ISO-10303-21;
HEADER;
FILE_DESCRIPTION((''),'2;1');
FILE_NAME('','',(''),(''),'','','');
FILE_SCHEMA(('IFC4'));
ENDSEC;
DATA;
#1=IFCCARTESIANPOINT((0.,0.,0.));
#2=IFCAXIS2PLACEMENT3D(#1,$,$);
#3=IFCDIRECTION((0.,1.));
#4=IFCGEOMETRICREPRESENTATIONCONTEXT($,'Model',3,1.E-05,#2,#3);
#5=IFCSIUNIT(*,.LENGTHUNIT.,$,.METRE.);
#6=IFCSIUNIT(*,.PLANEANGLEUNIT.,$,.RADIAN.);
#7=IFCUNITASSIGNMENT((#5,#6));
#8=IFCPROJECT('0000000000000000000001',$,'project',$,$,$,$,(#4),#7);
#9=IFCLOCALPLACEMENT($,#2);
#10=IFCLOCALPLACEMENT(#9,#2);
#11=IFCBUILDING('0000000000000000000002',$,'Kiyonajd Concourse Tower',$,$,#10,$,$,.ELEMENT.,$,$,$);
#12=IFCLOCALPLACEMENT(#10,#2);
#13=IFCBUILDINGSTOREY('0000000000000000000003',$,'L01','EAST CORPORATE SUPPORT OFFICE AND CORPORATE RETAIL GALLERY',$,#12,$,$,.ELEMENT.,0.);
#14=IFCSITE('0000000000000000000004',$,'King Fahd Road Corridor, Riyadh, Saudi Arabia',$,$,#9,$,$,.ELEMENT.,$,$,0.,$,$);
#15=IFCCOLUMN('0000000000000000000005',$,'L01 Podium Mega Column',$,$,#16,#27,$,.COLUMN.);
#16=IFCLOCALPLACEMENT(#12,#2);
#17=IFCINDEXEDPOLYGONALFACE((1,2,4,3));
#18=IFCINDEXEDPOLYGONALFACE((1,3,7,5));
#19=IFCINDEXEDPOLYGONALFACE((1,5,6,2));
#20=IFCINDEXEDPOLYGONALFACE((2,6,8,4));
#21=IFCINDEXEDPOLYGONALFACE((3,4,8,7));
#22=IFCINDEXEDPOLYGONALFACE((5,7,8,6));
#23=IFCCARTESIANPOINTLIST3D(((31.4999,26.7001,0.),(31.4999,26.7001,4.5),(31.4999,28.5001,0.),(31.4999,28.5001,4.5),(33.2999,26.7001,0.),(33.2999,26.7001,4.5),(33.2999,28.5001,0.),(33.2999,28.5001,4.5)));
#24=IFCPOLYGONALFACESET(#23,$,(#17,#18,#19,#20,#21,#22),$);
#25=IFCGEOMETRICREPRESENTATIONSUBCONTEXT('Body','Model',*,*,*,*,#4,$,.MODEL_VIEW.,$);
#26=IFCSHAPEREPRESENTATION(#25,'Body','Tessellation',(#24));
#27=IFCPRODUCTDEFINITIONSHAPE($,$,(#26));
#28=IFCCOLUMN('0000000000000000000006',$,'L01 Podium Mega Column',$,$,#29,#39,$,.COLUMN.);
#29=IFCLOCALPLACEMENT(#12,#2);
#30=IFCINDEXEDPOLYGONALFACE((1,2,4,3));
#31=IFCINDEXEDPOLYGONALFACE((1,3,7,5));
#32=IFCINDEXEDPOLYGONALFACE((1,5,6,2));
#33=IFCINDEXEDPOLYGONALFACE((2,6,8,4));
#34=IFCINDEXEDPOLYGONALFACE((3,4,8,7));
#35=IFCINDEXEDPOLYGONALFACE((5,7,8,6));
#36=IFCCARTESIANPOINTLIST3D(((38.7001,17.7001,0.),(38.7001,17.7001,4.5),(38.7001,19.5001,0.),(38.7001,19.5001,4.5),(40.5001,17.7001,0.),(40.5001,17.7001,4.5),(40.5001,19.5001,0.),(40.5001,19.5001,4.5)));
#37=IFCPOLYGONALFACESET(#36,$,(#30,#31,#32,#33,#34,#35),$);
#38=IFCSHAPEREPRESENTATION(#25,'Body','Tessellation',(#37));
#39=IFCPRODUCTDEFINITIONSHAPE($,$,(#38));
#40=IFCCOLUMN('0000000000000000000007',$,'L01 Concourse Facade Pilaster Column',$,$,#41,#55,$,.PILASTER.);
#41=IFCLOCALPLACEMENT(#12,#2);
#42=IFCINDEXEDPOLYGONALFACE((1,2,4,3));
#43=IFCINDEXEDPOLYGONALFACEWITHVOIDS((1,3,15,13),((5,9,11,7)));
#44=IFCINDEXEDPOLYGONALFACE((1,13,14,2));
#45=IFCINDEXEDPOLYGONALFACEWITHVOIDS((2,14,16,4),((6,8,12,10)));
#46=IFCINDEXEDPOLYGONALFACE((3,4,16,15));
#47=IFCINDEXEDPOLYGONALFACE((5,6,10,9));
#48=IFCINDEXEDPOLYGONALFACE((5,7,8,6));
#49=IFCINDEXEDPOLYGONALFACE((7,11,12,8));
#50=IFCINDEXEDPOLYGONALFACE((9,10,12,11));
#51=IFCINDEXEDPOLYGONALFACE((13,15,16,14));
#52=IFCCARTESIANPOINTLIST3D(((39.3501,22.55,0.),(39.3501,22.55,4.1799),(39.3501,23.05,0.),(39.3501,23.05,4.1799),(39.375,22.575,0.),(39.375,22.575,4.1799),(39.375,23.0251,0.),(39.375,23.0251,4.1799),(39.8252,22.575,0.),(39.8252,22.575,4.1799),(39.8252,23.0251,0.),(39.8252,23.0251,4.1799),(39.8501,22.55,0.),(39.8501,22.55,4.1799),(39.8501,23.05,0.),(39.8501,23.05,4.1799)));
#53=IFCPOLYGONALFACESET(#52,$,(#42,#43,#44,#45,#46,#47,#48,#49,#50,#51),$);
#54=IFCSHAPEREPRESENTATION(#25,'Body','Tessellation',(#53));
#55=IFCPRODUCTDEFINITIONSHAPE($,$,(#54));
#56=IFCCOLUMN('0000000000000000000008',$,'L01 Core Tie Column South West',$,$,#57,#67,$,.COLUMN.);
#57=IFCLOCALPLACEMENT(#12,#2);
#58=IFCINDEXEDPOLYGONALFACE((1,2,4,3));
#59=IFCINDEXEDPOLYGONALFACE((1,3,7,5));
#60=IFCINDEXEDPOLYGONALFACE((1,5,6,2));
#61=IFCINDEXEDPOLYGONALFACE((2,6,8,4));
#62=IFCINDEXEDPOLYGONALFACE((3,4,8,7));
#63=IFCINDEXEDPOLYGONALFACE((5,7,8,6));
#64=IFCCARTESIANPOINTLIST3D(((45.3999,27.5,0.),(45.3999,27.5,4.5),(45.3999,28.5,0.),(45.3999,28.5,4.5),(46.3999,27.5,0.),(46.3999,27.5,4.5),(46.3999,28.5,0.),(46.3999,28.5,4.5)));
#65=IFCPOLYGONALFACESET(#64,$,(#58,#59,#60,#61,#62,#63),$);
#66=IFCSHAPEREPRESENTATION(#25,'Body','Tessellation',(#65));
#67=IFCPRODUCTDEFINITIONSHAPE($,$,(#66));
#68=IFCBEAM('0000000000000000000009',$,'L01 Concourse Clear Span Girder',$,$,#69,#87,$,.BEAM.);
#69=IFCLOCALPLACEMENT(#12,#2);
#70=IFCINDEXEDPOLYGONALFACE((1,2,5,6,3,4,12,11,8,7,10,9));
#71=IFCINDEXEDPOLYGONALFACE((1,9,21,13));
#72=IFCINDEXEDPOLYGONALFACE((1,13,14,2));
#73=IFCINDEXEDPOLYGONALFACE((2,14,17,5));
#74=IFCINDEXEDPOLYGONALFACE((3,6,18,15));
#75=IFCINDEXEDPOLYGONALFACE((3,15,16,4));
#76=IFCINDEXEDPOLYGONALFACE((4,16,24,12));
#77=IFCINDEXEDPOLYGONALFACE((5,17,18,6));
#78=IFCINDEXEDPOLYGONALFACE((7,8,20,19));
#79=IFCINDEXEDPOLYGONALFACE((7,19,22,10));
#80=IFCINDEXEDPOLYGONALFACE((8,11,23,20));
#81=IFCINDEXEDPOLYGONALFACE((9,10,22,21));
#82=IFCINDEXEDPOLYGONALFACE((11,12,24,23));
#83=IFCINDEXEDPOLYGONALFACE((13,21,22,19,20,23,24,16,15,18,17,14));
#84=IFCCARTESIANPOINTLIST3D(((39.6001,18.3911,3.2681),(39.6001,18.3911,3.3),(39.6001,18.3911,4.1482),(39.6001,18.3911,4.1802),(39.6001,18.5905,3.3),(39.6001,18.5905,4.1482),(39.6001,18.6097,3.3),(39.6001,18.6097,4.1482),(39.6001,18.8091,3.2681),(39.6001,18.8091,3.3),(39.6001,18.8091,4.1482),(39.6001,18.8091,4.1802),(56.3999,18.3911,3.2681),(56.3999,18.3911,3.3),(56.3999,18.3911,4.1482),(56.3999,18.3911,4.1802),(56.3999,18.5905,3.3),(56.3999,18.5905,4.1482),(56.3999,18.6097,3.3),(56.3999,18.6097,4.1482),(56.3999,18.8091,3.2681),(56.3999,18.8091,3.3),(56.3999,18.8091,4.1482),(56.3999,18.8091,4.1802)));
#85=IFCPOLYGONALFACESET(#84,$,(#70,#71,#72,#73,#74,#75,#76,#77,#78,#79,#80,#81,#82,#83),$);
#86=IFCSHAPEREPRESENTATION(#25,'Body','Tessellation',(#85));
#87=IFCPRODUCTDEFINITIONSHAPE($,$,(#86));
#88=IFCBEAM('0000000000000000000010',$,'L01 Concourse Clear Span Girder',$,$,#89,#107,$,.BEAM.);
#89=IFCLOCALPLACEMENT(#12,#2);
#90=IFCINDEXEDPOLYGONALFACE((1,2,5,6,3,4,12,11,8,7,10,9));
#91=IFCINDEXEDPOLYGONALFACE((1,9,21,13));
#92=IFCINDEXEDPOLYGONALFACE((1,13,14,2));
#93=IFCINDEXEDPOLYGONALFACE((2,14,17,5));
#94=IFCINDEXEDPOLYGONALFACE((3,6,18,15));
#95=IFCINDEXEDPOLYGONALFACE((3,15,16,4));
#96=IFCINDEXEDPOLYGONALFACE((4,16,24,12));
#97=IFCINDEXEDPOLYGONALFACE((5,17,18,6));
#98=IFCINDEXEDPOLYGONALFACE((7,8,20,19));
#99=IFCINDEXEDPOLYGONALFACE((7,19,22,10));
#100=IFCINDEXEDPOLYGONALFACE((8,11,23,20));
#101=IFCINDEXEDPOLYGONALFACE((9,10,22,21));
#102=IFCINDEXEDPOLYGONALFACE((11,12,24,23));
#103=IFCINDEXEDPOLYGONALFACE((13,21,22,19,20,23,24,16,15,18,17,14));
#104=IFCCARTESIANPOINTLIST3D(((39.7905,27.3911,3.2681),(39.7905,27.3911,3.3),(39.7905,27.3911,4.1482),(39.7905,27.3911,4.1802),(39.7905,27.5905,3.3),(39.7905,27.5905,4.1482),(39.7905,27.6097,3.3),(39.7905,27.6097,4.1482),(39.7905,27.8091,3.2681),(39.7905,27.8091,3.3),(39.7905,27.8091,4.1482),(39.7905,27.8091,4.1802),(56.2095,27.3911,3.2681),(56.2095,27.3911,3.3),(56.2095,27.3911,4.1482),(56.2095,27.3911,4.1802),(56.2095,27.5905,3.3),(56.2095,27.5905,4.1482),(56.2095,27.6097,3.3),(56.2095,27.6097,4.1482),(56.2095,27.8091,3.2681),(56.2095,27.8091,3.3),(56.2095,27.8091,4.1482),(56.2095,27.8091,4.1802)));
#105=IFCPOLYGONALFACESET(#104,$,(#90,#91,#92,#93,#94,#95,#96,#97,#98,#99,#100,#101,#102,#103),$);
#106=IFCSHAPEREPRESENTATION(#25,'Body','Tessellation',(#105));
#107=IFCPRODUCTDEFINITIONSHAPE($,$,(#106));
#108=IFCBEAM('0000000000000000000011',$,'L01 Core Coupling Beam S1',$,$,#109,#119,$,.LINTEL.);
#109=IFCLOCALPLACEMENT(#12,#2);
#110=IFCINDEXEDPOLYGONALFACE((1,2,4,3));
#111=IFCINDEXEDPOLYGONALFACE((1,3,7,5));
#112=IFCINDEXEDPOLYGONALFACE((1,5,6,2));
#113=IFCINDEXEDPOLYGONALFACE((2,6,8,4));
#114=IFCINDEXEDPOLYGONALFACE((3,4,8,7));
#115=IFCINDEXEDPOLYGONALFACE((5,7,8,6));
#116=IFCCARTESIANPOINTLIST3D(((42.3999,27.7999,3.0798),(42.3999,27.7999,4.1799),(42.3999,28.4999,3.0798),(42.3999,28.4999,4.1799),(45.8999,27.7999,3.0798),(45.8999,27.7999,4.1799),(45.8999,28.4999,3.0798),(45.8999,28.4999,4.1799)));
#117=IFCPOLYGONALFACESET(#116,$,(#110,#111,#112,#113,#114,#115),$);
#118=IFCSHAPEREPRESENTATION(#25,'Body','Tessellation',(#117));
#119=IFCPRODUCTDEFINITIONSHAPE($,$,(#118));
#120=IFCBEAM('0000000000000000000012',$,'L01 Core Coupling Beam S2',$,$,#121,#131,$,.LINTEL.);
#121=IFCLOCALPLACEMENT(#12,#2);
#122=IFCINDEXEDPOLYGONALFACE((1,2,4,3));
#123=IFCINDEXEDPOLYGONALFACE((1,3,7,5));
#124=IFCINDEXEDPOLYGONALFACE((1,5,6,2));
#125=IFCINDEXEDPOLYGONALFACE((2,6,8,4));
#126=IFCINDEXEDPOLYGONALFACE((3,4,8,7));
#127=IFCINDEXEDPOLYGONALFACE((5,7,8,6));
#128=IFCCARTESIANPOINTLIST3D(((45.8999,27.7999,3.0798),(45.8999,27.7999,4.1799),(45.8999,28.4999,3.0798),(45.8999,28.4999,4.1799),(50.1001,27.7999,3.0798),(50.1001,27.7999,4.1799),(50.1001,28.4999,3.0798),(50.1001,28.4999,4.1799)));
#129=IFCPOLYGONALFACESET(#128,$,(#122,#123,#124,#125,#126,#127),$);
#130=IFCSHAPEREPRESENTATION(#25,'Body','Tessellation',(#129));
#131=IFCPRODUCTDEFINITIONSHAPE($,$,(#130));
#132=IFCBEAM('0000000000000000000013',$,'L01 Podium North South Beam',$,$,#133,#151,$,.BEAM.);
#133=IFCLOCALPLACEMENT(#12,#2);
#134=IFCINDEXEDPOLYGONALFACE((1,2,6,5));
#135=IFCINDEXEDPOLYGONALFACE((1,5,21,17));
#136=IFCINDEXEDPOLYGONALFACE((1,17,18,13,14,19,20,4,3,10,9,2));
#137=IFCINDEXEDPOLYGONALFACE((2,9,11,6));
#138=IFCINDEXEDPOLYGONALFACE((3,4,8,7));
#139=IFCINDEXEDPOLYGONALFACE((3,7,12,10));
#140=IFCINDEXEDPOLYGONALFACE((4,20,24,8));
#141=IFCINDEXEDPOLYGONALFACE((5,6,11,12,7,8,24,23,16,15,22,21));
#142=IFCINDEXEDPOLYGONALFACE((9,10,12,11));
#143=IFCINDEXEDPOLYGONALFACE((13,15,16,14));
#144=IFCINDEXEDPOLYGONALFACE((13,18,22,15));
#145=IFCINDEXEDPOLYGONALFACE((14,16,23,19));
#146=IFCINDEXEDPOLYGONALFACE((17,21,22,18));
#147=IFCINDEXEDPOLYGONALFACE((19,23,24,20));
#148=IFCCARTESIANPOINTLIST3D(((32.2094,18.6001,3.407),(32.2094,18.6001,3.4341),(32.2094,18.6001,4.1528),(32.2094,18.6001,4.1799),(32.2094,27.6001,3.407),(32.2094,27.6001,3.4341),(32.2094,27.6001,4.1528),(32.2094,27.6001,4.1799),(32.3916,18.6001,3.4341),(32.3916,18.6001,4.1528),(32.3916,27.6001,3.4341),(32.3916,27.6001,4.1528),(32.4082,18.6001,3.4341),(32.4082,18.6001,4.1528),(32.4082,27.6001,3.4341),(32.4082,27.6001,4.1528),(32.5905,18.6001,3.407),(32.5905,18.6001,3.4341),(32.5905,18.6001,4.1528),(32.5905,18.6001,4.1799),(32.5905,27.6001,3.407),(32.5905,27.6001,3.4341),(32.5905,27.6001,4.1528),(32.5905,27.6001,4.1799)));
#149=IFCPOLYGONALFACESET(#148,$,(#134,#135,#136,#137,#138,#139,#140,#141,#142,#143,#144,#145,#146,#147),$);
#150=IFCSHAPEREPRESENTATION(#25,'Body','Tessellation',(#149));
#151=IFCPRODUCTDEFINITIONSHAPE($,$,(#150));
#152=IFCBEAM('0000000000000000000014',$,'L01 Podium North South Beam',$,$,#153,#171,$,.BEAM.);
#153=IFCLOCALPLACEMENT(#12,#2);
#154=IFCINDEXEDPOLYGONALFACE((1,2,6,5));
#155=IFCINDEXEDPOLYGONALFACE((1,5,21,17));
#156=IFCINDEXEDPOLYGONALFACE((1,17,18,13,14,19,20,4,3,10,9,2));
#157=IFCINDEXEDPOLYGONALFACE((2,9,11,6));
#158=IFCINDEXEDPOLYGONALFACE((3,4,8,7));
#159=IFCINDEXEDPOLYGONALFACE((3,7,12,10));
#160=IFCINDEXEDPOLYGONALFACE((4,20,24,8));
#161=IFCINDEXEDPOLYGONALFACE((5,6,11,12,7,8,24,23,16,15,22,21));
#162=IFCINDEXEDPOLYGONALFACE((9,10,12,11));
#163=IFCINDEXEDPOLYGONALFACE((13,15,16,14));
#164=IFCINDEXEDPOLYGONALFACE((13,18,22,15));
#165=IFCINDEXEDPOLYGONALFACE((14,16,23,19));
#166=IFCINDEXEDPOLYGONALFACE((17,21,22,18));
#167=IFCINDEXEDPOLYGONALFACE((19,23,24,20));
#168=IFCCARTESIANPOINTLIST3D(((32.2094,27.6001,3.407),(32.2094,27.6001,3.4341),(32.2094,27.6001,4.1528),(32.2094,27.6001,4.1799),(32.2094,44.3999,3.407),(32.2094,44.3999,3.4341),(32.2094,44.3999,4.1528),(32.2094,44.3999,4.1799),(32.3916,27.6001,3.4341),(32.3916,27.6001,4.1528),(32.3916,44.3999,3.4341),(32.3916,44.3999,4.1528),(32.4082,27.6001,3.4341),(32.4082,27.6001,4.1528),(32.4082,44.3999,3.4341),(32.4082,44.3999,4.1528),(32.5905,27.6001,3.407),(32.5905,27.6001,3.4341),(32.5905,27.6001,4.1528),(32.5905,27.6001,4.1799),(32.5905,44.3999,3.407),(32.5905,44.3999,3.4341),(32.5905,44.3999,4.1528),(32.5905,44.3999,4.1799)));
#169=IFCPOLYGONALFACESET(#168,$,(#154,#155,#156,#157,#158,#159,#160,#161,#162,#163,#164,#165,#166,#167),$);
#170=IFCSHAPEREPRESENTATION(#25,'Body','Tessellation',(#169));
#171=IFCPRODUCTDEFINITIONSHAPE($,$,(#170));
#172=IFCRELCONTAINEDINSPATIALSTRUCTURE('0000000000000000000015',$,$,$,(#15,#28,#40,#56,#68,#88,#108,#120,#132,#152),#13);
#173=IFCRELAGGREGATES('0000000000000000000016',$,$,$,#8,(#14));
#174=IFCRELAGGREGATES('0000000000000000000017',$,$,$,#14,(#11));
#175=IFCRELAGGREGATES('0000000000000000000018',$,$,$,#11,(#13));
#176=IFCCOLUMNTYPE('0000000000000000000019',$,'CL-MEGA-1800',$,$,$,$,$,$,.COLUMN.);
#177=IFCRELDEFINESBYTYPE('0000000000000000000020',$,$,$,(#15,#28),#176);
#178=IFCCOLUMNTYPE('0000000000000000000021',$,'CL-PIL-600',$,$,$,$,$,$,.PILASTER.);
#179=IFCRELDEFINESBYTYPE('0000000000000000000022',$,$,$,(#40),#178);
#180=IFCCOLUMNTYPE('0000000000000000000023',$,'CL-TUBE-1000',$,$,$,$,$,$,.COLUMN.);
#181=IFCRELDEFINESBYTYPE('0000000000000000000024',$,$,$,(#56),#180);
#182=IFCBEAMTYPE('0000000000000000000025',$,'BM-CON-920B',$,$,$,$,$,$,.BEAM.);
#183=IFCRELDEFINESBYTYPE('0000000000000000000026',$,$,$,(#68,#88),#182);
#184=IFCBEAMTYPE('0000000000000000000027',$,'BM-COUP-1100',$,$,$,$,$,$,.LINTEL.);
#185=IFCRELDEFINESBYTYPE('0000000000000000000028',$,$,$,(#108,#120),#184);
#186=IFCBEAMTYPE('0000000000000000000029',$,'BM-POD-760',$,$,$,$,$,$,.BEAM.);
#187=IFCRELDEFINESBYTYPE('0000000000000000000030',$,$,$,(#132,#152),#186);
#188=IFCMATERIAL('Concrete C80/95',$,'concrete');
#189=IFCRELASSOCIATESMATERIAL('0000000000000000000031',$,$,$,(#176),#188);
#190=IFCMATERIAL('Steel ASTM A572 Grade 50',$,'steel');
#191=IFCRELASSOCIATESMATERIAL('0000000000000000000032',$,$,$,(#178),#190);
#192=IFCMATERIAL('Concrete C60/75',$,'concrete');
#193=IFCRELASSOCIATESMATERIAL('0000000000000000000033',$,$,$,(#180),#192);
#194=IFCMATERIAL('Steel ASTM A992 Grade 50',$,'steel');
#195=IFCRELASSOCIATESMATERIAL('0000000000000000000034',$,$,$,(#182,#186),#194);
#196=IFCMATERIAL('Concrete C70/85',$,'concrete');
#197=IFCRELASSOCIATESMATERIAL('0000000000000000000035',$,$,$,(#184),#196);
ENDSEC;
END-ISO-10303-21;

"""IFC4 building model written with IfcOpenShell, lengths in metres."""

from ifc_helpers import new_model, si_unit, direction, frame, origin, origin_2d, place, context, subcontext, project, spatial, rectangle, hollow_rectangle, i_section, extrude, material, material_profile, profile_set, type_object, element, save


model = new_model("IFC4")

# Units and contexts
model_context = context("Model", 3, precision=1e-05, world=origin(), true_north=direction((0.0, 1.0)))
body_context = subcontext(model_context, "Body", "Model", "MODEL_VIEW")
ifc_project = project(units=[si_unit("LENGTHUNIT", "METRE"), si_unit("PLANEANGLEUNIT", "RADIAN")], contexts=[model_context])

# Site, building, storey
site_placement = place(None, origin())
site = spatial("IfcSite", under=ifc_project, at=site_placement, Name="King Fahd Road Corridor, Riyadh, Saudi Arabia", CompositionType="ELEMENT", RefElevation=0.0)
building_placement = place(site_placement, origin())
building = spatial("IfcBuilding", under=site, at=building_placement, Name="Kiyonajd Concourse Tower", CompositionType="ELEMENT")
storey_placement = place(building_placement, origin())
storey = spatial("IfcBuildingStorey", under=building, at=storey_placement, Name="L01", Description="EAST CORPORATE SUPPORT OFFICE AND CORPORATE RETAIL GALLERY", CompositionType="ELEMENT", Elevation=0.0)

# Columns
ifc_material_1 = material(Name="Concrete C80/95", Category="concrete")
ifc_material_profile_1 = material_profile(ifc_material_1, rectangle(XDim=1.8, YDim=1.8, at=origin_2d()), Name="RC-1800x1800")
ifc_profile_set_1 = profile_set([ifc_material_profile_1], Name="Concrete C80/95")
column_type_1 = type_object("IfcColumnType", Name="CL-MEGA-1800", PredefinedType="COLUMN", material=ifc_profile_set_1)
for number, where, z_axis, x_axis, name in (
    (1, (32.3999, 27.6001, 0.0), (0.0, 0.0, 1.0), (1.0, 0.0, 0.0), "L01 Podium Mega Column"),
    (2, (39.6001, 18.6001, 0.0), (0.0, 0.0, 1.0), (1.0, 0.0, 0.0), "L01 Podium Mega Column"),
):
    element("IfcColumn", number, at=place(storey_placement, frame(where, z_axis=z_axis, x_axis=x_axis)), inside=storey, type_object=column_type_1, Name=name, PredefinedType="COLUMN", context=body_context, shape_type="SweptSolid", body=[
        extrude(rectangle(XDim=1.8, YDim=1.8, at=origin_2d()), origin(), (0.0, 0.0, 1.0), 4.5),
    ])
ifc_material_2 = material(Name="Steel ASTM A572 Grade 50", Category="steel")
ifc_material_profile_2 = material_profile(ifc_material_2, hollow_rectangle(XDim=0.5, YDim=0.5, WallThickness=0.0249, at=origin_2d()), Name="HSS-500x500x25")
ifc_profile_set_2 = profile_set([ifc_material_profile_2], Name="Steel ASTM A572 Grade 50")
column_type_2 = type_object("IfcColumnType", Name="CL-PIL-600", PredefinedType="PILASTER", material=ifc_profile_set_2)
column_1_placement = place(storey_placement, frame((39.6001, 22.8, 0.0), z_axis=(0.0, 0.0, 1.0), x_axis=(1.0, 0.0, 0.0)))
element("IfcColumn", 3, at=column_1_placement, inside=storey, type_object=column_type_2, Name="L01 Concourse Facade Pilaster Column", PredefinedType="PILASTER", context=body_context, shape_type="SweptSolid", body=[
    extrude(hollow_rectangle(XDim=0.5, YDim=0.5, WallThickness=0.0249, at=origin_2d()), origin(), (0.0, 0.0, 1.0), 4.1799),
])
ifc_material_3 = material(Name="Concrete C60/75", Category="concrete")
ifc_material_profile_3 = material_profile(ifc_material_3, rectangle(XDim=1.0, YDim=1.0, at=origin_2d()), Name="RC-1000x1000")
ifc_profile_set_3 = profile_set([ifc_material_profile_3], Name="Concrete C60/75")
column_type_3 = type_object("IfcColumnType", Name="CL-TUBE-1000", PredefinedType="COLUMN", material=ifc_profile_set_3)
column_2_placement = place(storey_placement, frame((45.8999, 28.0, 0.0), z_axis=(0.0, 0.0, 1.0), x_axis=(1.0, 0.0, 0.0)))
element("IfcColumn", 4, at=column_2_placement, inside=storey, type_object=column_type_3, Name="L01 Core Tie Column South West", PredefinedType="COLUMN", context=body_context, shape_type="SweptSolid", body=[
    extrude(rectangle(XDim=1.0, YDim=1.0, at=origin_2d()), origin(), (0.0, 0.0, 1.0), 4.5),
])

# Beams
ifc_material_4 = material(Name="Steel ASTM A992 Grade 50", Category="steel")
ifc_material_profile_4 = material_profile(ifc_material_4, i_section(OverallWidth=0.418, OverallDepth=0.9121, WebThickness=0.0193, FlangeThickness=0.032, at=origin_2d()), Name="W920X342")
ifc_profile_set_4 = profile_set([ifc_material_profile_4], Name="Steel ASTM A992 Grade 50")
beam_type_1 = type_object("IfcBeamType", Name="BM-CON-920B", PredefinedType="BEAM", material=ifc_profile_set_4)
beam_1_placement = place(storey_placement, frame((39.6001, 18.6001, 3.7241), z_axis=(1.0, 0.0, 0.0), x_axis=(0.0, 1.0, 0.0)))
element("IfcBeam", 5, at=beam_1_placement, inside=storey, type_object=beam_type_1, Name="L01 Concourse Clear Span Girder", PredefinedType="BEAM", context=body_context, shape_type="SweptSolid", body=[
    extrude(i_section(OverallWidth=0.418, OverallDepth=0.9121, WebThickness=0.0193, FlangeThickness=0.032, at=origin_2d()), origin(), (0.0, 0.0, 1.0), 16.7998),
])
beam_2_placement = place(storey_placement, frame((39.7905, 27.6001, 3.7241), z_axis=(1.0, 0.0, 0.0), x_axis=(0.0, 1.0, 0.0)))
element("IfcBeam", 6, at=beam_2_placement, inside=storey, type_object=beam_type_1, Name="L01 Concourse Clear Span Girder", PredefinedType="BEAM", context=body_context, shape_type="SweptSolid", body=[
    extrude(i_section(OverallWidth=0.418, OverallDepth=0.9121, WebThickness=0.0193, FlangeThickness=0.032, at=origin_2d()), origin(), (0.0, 0.0, 1.0), 16.4189),
])
ifc_material_5 = material(Name="Concrete C70/85", Category="concrete")
ifc_material_profile_5 = material_profile(ifc_material_5, rectangle(XDim=0.7, YDim=1.1001, at=origin_2d()), Name="RCBM-700x1100")
ifc_profile_set_5 = profile_set([ifc_material_profile_5], Name="Concrete C70/85")
beam_type_2 = type_object("IfcBeamType", Name="BM-COUP-1100", PredefinedType="LINTEL", material=ifc_profile_set_5)
beam_3_placement = place(storey_placement, frame((42.3999, 28.1499, 3.6299), z_axis=(1.0, 0.0, 0.0), x_axis=(0.0, 1.0, 0.0)))
element("IfcBeam", 7, at=beam_3_placement, inside=storey, type_object=beam_type_2, Name="L01 Core Coupling Beam S1", PredefinedType="LINTEL", context=body_context, shape_type="SweptSolid", body=[
    extrude(rectangle(XDim=0.7, YDim=1.1001, at=origin_2d()), origin(), (0.0, 0.0, 1.0), 3.5),
])
beam_4_placement = place(storey_placement, frame((45.8999, 28.1499, 3.6299), z_axis=(1.0, 0.0, 0.0), x_axis=(0.0, 1.0, 0.0)))
element("IfcBeam", 8, at=beam_4_placement, inside=storey, type_object=beam_type_2, Name="L01 Core Coupling Beam S2", PredefinedType="LINTEL", context=body_context, shape_type="SweptSolid", body=[
    extrude(rectangle(XDim=0.7, YDim=1.1001, at=origin_2d()), origin(), (0.0, 0.0, 1.0), 4.2002),
])
ifc_material_profile_6 = material_profile(ifc_material_4, i_section(OverallWidth=0.3811, OverallDepth=0.7729, WebThickness=0.0166, FlangeThickness=0.0271, at=origin_2d()), Name="W760X257")
ifc_profile_set_6 = profile_set([ifc_material_profile_6], Name="Steel ASTM A992 Grade 50")
beam_type_3 = type_object("IfcBeamType", Name="BM-POD-760", PredefinedType="BEAM", material=ifc_profile_set_6)
beam_5_placement = place(storey_placement, frame((32.3999, 18.6001, 3.7935), z_axis=(0.0, 1.0, 0.0), x_axis=(-1.0, 0.0, 0.0)))
element("IfcBeam", 9, at=beam_5_placement, inside=storey, type_object=beam_type_3, Name="L01 Podium North South Beam", PredefinedType="BEAM", context=body_context, shape_type="SweptSolid", body=[
    extrude(i_section(OverallWidth=0.3811, OverallDepth=0.7729, WebThickness=0.0166, FlangeThickness=0.0271, at=origin_2d()), origin(), (0.0, 0.0, 1.0), 9.0),
])
beam_6_placement = place(storey_placement, frame((32.3999, 27.6001, 3.7935), z_axis=(0.0, 1.0, 0.0), x_axis=(-1.0, 0.0, 0.0)))
element("IfcBeam", 10, at=beam_6_placement, inside=storey, type_object=beam_type_3, Name="L01 Podium North South Beam", PredefinedType="BEAM", context=body_context, shape_type="SweptSolid", body=[
    extrude(i_section(OverallWidth=0.3811, OverallDepth=0.7729, WebThickness=0.0166, FlangeThickness=0.0271, at=origin_2d()), origin(), (0.0, 0.0, 1.0), 16.7998),
])

save(model, "model.ifc")
